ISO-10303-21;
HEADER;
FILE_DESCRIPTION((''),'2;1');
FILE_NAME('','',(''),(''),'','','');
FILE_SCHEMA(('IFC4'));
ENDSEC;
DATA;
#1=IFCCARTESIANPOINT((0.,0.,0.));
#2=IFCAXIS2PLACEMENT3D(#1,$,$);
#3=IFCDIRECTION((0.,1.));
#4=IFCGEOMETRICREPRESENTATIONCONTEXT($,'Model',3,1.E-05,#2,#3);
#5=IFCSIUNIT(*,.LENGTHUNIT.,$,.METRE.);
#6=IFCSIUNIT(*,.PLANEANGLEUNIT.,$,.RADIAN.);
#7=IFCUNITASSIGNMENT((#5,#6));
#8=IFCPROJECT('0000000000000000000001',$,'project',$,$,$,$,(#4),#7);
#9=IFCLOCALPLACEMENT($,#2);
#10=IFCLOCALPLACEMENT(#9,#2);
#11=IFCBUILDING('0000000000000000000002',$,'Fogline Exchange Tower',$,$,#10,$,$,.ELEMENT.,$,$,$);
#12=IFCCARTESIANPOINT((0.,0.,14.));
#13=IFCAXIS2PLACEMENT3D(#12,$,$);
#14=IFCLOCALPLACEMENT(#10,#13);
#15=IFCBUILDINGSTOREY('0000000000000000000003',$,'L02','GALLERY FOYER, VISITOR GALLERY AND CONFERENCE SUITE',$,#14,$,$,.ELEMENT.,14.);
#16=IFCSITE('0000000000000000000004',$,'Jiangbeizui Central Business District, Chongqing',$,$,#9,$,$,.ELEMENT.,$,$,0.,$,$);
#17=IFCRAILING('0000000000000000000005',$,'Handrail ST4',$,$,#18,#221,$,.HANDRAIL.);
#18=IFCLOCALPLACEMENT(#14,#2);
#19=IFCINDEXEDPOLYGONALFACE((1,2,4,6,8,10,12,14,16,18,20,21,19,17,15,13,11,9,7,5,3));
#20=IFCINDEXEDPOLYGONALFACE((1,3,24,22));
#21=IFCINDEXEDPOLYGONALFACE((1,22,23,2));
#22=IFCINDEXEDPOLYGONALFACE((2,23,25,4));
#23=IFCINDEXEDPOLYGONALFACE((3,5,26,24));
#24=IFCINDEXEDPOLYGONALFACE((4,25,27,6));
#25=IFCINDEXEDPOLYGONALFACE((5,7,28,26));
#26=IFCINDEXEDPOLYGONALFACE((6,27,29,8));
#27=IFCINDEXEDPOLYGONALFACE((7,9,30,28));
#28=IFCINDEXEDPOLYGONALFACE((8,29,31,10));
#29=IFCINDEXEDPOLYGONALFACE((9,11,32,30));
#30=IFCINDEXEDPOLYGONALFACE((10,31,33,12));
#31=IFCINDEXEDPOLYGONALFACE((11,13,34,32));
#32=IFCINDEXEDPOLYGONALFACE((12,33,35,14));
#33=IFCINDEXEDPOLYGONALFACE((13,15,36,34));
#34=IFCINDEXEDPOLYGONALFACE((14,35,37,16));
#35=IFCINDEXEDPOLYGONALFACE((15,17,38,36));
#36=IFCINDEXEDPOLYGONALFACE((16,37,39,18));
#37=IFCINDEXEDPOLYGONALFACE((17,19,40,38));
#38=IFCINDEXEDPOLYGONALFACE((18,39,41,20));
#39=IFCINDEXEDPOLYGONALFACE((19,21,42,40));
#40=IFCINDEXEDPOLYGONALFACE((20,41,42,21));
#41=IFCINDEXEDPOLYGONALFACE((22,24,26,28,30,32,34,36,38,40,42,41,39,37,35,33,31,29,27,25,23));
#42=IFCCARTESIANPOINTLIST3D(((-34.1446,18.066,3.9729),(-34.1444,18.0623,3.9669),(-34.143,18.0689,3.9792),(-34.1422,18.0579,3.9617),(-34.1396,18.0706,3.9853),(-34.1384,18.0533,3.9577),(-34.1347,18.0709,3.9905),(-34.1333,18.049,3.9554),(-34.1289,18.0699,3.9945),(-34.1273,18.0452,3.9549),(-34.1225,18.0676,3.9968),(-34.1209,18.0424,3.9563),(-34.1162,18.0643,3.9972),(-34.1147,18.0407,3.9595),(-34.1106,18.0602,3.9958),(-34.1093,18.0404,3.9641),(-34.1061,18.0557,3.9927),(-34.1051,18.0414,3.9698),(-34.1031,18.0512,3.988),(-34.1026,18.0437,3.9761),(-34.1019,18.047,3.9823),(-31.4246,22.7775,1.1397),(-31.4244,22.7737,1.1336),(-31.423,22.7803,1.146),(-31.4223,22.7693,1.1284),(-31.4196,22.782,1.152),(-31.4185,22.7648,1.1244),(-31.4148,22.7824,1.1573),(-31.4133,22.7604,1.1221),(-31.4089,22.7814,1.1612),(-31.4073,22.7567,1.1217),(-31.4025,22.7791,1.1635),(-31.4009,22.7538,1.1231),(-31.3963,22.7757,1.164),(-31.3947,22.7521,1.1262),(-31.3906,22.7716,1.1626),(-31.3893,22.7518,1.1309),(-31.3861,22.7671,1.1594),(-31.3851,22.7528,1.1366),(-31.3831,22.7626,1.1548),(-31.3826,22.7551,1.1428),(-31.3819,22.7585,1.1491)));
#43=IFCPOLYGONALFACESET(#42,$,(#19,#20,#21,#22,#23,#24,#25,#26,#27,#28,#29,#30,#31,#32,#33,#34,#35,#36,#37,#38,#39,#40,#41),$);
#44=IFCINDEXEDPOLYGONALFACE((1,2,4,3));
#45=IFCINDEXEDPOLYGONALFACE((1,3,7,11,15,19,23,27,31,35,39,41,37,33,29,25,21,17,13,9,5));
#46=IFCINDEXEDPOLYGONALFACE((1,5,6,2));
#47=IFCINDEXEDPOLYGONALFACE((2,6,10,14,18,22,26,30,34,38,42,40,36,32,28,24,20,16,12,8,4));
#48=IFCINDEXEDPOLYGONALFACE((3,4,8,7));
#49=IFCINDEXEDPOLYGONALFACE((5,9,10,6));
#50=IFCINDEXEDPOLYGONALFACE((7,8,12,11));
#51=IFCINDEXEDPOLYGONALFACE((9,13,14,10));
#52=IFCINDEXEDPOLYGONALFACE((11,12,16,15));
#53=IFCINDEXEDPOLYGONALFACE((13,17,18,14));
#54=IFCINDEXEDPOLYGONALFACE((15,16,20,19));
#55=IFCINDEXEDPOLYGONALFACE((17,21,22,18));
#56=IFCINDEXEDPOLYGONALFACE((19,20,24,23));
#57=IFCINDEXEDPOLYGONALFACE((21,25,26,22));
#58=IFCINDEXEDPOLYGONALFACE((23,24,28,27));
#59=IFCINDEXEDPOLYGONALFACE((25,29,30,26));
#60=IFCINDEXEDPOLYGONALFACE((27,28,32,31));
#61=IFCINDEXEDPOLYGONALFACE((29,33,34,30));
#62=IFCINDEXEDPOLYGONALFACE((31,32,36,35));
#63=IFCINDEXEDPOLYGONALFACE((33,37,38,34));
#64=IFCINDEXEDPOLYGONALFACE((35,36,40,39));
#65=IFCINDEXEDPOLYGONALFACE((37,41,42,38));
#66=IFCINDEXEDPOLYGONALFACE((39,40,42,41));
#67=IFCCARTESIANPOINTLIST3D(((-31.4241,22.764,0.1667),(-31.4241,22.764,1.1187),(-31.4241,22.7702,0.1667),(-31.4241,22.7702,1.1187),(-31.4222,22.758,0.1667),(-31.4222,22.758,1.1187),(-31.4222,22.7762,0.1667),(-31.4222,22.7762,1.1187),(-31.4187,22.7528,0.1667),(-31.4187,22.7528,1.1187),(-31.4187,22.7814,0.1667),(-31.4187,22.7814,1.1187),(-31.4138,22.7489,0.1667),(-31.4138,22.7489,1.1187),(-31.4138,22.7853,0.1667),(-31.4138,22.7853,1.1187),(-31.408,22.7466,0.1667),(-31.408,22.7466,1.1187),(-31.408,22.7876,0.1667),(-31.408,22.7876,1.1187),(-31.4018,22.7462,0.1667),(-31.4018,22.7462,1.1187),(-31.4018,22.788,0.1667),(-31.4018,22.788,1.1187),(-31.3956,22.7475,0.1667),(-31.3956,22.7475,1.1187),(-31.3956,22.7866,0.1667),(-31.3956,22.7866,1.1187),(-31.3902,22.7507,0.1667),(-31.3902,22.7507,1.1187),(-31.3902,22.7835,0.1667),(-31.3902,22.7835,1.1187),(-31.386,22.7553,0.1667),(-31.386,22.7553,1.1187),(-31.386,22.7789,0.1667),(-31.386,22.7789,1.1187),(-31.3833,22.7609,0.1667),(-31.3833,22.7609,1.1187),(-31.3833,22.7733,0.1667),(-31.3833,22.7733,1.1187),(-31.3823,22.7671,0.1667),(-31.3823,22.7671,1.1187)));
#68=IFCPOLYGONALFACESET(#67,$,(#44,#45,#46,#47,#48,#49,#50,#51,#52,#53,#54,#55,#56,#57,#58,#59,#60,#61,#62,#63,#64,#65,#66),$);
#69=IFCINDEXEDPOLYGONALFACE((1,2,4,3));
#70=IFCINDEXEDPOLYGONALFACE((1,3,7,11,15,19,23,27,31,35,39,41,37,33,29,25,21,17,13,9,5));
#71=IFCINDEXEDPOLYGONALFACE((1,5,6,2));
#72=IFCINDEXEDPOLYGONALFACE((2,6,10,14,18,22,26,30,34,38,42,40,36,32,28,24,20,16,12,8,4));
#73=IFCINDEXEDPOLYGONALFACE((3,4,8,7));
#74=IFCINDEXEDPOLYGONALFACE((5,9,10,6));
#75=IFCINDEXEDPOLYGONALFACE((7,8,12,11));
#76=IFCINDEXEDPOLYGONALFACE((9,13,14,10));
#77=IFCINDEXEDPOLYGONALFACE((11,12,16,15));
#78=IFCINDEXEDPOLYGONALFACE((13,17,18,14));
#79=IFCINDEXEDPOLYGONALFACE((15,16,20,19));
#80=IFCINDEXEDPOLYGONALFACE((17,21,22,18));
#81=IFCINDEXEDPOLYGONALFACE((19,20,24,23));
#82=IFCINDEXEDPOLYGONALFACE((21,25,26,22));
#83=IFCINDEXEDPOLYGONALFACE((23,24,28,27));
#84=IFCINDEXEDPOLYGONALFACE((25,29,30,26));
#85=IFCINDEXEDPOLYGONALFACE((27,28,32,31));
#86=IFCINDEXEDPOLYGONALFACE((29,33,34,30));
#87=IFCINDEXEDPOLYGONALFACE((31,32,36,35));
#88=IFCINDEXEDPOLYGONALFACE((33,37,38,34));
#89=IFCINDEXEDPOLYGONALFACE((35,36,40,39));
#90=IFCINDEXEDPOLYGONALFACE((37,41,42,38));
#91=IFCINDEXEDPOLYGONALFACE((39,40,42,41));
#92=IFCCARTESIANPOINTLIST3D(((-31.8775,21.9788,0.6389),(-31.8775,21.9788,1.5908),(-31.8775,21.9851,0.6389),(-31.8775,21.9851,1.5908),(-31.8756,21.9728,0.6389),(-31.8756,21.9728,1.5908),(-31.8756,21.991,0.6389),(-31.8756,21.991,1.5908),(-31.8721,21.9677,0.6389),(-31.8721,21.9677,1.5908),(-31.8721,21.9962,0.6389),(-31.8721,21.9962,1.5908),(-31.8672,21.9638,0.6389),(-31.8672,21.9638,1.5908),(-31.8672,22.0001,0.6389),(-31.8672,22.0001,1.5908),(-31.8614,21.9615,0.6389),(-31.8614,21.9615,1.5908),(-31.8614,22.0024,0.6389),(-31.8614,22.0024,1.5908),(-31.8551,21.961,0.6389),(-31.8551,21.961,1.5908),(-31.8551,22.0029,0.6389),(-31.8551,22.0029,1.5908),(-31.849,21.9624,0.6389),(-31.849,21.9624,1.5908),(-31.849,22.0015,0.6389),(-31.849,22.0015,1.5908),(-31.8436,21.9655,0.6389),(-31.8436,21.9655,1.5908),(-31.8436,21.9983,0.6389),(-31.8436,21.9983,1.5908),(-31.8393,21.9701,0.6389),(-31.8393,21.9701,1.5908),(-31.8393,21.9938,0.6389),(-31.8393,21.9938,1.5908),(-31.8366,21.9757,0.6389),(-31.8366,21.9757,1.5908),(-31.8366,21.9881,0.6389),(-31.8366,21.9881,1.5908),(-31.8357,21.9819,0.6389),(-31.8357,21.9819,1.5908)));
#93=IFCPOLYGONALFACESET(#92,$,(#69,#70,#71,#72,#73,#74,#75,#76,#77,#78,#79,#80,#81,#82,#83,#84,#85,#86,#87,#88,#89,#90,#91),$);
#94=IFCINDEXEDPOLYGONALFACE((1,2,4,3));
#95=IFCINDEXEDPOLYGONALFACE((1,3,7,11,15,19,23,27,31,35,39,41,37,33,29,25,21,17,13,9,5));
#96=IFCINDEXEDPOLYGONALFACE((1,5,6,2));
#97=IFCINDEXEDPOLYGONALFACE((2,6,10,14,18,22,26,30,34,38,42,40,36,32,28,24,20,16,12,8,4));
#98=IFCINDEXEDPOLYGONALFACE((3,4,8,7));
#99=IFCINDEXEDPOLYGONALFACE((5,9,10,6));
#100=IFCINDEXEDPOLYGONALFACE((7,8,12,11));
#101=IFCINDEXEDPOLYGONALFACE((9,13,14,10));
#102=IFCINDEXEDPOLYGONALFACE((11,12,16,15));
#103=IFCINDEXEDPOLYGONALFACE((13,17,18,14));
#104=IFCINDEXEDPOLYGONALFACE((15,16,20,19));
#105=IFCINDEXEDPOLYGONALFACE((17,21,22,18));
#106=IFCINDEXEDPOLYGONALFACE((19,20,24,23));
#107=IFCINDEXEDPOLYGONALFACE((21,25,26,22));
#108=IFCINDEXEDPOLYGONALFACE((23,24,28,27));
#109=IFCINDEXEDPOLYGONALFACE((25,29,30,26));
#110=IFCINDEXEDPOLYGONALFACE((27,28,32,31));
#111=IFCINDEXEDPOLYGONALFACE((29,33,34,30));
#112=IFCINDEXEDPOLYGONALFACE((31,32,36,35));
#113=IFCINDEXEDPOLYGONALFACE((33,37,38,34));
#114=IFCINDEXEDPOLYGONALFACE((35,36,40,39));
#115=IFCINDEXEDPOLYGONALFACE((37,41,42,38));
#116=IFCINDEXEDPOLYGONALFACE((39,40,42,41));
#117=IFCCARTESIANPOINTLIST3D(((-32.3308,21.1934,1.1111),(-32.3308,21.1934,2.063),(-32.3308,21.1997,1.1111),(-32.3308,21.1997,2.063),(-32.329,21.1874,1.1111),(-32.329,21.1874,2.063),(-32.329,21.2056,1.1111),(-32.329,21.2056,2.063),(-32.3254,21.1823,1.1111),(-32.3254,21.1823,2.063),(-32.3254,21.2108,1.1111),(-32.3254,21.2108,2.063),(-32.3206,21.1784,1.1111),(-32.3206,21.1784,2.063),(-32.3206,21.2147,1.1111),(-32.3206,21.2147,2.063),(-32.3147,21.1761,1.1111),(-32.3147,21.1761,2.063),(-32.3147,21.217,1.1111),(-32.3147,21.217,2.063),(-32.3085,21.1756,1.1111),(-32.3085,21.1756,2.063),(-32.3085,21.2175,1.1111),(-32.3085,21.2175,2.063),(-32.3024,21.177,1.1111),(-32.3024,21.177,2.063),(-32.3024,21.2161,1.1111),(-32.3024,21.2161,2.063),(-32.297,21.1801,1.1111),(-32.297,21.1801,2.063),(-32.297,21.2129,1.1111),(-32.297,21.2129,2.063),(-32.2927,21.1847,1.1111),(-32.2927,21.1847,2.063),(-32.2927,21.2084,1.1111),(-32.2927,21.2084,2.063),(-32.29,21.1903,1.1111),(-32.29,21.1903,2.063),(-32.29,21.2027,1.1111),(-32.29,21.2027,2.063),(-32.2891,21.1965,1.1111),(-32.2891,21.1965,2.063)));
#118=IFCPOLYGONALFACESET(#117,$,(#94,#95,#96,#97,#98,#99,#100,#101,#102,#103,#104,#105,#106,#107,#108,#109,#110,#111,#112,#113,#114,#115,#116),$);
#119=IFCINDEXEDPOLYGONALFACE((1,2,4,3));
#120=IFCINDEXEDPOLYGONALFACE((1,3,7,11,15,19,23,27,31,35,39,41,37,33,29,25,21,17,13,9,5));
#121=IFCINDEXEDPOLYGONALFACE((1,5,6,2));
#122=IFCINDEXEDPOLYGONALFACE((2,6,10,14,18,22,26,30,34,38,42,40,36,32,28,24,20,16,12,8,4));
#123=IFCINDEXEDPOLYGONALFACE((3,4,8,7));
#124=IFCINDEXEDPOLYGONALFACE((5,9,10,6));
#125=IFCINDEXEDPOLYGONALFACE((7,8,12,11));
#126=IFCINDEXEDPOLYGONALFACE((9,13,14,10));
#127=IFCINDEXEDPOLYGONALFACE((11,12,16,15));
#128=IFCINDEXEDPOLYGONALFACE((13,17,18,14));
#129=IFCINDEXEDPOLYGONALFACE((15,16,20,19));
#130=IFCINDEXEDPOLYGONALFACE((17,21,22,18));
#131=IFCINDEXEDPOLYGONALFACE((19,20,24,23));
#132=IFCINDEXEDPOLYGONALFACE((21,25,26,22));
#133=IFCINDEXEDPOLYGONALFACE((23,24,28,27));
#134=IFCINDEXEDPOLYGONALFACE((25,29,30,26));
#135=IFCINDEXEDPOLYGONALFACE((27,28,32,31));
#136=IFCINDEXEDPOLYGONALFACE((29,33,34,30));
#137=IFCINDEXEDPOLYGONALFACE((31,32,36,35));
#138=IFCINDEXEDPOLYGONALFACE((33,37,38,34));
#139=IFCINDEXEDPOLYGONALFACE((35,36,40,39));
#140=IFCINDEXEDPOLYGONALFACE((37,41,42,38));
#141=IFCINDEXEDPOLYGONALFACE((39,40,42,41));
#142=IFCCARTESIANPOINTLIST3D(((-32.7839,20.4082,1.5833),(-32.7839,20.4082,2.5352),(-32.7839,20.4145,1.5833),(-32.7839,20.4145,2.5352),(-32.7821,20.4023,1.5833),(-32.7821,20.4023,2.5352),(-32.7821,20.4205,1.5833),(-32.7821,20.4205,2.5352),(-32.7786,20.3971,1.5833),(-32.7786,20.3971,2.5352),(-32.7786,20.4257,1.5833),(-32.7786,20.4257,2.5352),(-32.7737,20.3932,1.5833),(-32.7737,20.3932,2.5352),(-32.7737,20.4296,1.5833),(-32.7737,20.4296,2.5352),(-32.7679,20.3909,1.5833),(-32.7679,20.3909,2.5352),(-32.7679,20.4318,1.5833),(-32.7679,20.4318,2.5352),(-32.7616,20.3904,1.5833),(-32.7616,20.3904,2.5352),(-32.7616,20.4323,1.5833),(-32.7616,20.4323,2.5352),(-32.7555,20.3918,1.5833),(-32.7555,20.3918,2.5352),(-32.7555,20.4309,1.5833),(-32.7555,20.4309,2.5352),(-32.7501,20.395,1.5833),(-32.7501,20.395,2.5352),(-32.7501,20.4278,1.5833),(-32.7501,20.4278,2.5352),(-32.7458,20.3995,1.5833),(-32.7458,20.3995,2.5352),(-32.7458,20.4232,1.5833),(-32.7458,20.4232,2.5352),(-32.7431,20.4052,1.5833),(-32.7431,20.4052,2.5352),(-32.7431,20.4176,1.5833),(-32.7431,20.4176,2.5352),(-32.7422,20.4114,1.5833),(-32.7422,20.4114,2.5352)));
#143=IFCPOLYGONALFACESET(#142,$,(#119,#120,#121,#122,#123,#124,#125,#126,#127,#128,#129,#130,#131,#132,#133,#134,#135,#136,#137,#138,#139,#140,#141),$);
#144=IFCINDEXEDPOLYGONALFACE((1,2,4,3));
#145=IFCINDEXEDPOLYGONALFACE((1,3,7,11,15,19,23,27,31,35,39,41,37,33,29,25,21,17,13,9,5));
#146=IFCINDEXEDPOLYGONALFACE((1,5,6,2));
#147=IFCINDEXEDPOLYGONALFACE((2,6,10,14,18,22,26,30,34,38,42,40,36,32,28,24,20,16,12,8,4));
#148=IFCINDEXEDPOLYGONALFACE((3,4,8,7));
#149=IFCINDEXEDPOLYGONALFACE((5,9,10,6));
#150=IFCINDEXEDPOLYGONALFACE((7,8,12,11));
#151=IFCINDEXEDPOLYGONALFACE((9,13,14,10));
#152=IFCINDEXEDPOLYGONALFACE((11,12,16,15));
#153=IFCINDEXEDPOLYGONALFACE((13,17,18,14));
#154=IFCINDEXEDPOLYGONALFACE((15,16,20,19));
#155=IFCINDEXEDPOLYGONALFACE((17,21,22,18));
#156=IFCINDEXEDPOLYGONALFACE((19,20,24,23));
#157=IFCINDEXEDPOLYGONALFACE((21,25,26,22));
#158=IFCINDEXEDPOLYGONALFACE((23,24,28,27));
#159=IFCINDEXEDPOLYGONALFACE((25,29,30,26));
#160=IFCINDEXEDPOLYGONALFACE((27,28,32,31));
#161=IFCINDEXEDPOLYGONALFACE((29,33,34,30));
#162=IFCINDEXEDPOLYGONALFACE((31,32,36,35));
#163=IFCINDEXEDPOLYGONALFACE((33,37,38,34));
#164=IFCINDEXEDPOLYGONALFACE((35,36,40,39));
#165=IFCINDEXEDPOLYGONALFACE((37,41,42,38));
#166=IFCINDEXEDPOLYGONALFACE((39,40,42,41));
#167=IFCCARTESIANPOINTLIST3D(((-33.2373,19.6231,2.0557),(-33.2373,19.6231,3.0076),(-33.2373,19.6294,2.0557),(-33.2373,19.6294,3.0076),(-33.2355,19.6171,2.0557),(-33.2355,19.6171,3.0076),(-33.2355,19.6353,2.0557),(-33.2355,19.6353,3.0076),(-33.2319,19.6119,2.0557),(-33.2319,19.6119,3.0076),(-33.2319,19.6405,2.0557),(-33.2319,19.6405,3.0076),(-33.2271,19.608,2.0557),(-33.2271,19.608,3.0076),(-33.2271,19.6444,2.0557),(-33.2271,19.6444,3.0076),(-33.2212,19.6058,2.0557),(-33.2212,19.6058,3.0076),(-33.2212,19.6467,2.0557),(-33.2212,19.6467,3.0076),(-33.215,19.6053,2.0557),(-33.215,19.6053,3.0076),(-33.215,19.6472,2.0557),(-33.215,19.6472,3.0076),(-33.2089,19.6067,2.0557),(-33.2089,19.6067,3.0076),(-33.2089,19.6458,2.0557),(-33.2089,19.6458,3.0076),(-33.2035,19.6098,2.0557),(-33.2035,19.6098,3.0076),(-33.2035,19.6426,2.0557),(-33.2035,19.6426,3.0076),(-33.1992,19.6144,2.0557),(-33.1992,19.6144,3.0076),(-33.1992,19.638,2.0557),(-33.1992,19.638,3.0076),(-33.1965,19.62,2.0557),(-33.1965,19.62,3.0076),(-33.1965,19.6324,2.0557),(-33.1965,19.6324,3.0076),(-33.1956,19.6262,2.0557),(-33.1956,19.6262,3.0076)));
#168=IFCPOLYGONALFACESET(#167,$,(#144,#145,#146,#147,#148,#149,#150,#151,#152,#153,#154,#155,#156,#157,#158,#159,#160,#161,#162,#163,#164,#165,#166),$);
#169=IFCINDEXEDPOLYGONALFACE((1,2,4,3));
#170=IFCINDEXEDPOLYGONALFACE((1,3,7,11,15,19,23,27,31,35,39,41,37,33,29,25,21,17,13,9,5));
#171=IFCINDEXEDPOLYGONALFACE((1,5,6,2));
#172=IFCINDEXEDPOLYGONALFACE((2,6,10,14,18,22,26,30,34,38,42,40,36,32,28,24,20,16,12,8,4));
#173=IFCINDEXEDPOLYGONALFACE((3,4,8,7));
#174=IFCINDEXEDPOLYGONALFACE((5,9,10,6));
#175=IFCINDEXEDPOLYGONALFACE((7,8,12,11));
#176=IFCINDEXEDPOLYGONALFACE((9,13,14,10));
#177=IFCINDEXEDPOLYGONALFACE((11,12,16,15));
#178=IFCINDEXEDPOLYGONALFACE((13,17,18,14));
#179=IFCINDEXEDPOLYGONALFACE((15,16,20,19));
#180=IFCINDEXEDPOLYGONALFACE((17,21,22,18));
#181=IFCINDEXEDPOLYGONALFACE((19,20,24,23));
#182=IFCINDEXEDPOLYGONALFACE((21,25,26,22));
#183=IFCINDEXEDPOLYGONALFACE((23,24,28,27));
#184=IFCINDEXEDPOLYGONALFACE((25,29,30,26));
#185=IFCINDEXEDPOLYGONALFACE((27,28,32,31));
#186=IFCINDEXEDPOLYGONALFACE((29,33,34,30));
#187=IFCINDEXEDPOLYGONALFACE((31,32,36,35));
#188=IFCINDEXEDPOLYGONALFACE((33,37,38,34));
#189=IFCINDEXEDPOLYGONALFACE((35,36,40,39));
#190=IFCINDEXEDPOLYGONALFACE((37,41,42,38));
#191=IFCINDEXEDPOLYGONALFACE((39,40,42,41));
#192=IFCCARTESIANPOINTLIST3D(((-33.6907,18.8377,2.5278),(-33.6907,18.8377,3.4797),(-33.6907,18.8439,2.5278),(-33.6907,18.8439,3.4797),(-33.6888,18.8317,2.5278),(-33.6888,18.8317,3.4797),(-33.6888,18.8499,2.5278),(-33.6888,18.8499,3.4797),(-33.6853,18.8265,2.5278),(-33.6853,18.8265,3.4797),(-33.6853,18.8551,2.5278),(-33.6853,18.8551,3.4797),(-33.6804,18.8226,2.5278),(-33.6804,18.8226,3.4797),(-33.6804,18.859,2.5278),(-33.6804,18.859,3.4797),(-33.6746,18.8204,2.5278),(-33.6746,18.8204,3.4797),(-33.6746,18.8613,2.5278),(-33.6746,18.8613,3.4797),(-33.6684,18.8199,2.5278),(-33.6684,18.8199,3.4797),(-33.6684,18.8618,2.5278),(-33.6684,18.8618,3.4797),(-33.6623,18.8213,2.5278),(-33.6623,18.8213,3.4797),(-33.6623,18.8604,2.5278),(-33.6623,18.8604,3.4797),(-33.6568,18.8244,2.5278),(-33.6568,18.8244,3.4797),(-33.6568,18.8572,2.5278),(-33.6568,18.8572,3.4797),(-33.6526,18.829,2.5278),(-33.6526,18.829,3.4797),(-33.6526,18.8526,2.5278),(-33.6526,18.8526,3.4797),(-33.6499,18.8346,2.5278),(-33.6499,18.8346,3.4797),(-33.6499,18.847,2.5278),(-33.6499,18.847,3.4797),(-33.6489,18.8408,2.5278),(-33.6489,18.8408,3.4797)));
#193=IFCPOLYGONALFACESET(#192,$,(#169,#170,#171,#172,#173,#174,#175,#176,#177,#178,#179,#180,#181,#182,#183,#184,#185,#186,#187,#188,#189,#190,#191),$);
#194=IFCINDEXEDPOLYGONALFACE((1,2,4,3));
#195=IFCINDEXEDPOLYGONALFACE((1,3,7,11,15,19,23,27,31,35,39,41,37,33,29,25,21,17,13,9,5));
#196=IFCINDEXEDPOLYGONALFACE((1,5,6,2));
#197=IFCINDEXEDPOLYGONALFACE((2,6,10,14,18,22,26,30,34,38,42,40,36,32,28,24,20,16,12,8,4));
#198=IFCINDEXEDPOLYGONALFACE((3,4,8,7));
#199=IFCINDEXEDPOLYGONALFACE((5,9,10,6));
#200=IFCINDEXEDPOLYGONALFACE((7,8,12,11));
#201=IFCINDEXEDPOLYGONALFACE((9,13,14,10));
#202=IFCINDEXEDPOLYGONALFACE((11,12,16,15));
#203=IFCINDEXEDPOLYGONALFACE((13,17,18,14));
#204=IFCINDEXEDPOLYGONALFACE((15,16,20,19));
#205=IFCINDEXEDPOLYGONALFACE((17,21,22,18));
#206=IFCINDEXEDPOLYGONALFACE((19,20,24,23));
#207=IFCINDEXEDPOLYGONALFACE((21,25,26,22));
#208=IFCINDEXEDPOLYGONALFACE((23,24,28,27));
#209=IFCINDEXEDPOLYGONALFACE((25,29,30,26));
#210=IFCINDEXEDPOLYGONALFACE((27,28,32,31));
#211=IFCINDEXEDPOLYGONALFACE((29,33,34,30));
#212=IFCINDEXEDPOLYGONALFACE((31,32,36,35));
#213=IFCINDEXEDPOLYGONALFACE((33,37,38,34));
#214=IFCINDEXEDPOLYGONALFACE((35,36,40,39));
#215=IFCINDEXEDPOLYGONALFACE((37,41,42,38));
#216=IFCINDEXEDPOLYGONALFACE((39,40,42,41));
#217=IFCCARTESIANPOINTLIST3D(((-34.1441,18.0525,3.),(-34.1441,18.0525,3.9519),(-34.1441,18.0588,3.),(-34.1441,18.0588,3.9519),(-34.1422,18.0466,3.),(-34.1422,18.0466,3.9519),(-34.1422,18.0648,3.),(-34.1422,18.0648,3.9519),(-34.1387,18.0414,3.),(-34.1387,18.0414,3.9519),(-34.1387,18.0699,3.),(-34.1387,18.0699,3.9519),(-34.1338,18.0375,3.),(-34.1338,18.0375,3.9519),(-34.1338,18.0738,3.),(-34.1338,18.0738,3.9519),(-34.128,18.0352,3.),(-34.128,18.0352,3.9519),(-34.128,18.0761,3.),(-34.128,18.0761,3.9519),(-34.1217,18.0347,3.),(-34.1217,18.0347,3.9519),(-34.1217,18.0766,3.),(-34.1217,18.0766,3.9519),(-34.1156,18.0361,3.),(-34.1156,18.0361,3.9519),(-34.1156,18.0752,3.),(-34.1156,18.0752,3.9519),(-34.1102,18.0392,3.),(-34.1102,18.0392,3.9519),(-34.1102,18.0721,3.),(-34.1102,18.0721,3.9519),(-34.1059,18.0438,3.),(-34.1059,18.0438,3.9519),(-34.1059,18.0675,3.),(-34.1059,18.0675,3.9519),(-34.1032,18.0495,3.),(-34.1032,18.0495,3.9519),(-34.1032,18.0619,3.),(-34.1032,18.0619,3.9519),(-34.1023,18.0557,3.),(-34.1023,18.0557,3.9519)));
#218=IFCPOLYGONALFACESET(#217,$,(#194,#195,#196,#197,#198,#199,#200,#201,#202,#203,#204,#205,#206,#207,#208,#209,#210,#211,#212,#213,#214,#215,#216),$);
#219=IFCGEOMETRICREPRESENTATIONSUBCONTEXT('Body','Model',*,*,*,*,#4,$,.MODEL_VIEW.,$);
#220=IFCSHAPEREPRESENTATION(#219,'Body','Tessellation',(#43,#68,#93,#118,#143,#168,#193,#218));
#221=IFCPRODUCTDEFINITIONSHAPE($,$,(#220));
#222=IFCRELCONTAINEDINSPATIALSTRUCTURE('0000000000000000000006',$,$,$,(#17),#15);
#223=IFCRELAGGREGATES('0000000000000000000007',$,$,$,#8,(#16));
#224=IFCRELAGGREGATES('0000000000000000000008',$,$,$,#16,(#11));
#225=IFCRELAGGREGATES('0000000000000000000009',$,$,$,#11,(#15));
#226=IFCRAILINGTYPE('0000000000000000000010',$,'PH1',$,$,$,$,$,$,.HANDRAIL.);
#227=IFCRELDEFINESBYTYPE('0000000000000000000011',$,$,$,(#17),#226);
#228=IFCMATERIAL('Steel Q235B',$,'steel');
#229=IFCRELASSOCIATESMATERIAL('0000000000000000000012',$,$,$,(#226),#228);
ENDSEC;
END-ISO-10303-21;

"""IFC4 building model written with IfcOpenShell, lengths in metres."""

from ifc_helpers import new_model, si_unit, direction, frame, origin, origin_2d, place, context, subcontext, project, spatial, circle, extrude, material, type_object, element, save


model = new_model("IFC4")

# Units and contexts
model_context = context("Model", 3, precision=1e-05, world=origin(), true_north=direction((0.0, 1.0)))
body_context = subcontext(model_context, "Body", "Model", "MODEL_VIEW")
ifc_project = project(units=[si_unit("LENGTHUNIT", "METRE"), si_unit("PLANEANGLEUNIT", "RADIAN")], contexts=[model_context])

# Site, building, storey
site_placement = place(None, origin())
site = spatial("IfcSite", under=ifc_project, at=site_placement, Name="Jiangbeizui Central Business District, Chongqing", CompositionType="ELEMENT", RefElevation=0.0)
building_placement = place(site_placement, origin())
building = spatial("IfcBuilding", under=site, at=building_placement, Name="Fogline Exchange Tower", CompositionType="ELEMENT")
storey_placement = place(building_placement, frame((0.0, 0.0, 14.0)))
storey = spatial("IfcBuildingStorey", under=building, at=storey_placement, Name="L02", Description="GALLERY FOYER, VISITOR GALLERY AND CONFERENCE SUITE", CompositionType="ELEMENT", Elevation=14.0)

# Shared definitions
ifc_material_1 = material(Name="Steel Q235B", Category="steel")

# Railing
railing_type_1 = type_object("IfcRailingType", Name="PH1", PredefinedType="HANDRAIL", material=ifc_material_1)
railing_1_placement = place(storey_placement, frame((-31.4033, 22.7671, 0.1667)))
element("IfcRailing", 1, at=railing_1_placement, inside=storey, type_object=railing_type_1, Name="Handrail ST4", PredefinedType="HANDRAIL", context=body_context, shape_type="SweptSolid", body=[
    extrude(circle(Radius=0.0239, at=origin_2d()), frame((0.0, 0.0, 0.9761), z_axis=(-0.443442, -0.768113, 0.461911), x_axis=(0.866039, -0.499976, 0.0)), (0.0, 0.0, 1.0), 6.1338),
    extrude(circle(Radius=0.021, at=origin_2d()), origin(), (0.0, 0.0, 1.0), 0.9519),
    extrude(circle(Radius=0.021, at=origin_2d()), frame((-0.4534, -0.7852, 0.4722)), (0.0, 0.0, 1.0), 0.9519),
    extrude(circle(Radius=0.021, at=origin_2d()), frame((-0.9067, -1.5706, 0.9443)), (0.0, 0.0, 1.0), 0.9519),
    extrude(circle(Radius=0.021, at=origin_2d()), frame((-1.3599, -2.3557, 1.4165)), (0.0, 0.0, 1.0), 0.9519),
    extrude(circle(Radius=0.021, at=origin_2d()), frame((-1.8132, -3.1409, 1.8889)), (0.0, 0.0, 1.0), 0.9519),
    extrude(circle(Radius=0.021, at=origin_2d()), frame((-2.2666, -3.9263, 2.3611)), (0.0, 0.0, 1.0), 0.9519),
    extrude(circle(Radius=0.021, at=origin_2d()), frame((-2.72, -4.7114, 2.8333)), (0.0, 0.0, 1.0), 0.9519),
])

save(model, "model.ifc")
